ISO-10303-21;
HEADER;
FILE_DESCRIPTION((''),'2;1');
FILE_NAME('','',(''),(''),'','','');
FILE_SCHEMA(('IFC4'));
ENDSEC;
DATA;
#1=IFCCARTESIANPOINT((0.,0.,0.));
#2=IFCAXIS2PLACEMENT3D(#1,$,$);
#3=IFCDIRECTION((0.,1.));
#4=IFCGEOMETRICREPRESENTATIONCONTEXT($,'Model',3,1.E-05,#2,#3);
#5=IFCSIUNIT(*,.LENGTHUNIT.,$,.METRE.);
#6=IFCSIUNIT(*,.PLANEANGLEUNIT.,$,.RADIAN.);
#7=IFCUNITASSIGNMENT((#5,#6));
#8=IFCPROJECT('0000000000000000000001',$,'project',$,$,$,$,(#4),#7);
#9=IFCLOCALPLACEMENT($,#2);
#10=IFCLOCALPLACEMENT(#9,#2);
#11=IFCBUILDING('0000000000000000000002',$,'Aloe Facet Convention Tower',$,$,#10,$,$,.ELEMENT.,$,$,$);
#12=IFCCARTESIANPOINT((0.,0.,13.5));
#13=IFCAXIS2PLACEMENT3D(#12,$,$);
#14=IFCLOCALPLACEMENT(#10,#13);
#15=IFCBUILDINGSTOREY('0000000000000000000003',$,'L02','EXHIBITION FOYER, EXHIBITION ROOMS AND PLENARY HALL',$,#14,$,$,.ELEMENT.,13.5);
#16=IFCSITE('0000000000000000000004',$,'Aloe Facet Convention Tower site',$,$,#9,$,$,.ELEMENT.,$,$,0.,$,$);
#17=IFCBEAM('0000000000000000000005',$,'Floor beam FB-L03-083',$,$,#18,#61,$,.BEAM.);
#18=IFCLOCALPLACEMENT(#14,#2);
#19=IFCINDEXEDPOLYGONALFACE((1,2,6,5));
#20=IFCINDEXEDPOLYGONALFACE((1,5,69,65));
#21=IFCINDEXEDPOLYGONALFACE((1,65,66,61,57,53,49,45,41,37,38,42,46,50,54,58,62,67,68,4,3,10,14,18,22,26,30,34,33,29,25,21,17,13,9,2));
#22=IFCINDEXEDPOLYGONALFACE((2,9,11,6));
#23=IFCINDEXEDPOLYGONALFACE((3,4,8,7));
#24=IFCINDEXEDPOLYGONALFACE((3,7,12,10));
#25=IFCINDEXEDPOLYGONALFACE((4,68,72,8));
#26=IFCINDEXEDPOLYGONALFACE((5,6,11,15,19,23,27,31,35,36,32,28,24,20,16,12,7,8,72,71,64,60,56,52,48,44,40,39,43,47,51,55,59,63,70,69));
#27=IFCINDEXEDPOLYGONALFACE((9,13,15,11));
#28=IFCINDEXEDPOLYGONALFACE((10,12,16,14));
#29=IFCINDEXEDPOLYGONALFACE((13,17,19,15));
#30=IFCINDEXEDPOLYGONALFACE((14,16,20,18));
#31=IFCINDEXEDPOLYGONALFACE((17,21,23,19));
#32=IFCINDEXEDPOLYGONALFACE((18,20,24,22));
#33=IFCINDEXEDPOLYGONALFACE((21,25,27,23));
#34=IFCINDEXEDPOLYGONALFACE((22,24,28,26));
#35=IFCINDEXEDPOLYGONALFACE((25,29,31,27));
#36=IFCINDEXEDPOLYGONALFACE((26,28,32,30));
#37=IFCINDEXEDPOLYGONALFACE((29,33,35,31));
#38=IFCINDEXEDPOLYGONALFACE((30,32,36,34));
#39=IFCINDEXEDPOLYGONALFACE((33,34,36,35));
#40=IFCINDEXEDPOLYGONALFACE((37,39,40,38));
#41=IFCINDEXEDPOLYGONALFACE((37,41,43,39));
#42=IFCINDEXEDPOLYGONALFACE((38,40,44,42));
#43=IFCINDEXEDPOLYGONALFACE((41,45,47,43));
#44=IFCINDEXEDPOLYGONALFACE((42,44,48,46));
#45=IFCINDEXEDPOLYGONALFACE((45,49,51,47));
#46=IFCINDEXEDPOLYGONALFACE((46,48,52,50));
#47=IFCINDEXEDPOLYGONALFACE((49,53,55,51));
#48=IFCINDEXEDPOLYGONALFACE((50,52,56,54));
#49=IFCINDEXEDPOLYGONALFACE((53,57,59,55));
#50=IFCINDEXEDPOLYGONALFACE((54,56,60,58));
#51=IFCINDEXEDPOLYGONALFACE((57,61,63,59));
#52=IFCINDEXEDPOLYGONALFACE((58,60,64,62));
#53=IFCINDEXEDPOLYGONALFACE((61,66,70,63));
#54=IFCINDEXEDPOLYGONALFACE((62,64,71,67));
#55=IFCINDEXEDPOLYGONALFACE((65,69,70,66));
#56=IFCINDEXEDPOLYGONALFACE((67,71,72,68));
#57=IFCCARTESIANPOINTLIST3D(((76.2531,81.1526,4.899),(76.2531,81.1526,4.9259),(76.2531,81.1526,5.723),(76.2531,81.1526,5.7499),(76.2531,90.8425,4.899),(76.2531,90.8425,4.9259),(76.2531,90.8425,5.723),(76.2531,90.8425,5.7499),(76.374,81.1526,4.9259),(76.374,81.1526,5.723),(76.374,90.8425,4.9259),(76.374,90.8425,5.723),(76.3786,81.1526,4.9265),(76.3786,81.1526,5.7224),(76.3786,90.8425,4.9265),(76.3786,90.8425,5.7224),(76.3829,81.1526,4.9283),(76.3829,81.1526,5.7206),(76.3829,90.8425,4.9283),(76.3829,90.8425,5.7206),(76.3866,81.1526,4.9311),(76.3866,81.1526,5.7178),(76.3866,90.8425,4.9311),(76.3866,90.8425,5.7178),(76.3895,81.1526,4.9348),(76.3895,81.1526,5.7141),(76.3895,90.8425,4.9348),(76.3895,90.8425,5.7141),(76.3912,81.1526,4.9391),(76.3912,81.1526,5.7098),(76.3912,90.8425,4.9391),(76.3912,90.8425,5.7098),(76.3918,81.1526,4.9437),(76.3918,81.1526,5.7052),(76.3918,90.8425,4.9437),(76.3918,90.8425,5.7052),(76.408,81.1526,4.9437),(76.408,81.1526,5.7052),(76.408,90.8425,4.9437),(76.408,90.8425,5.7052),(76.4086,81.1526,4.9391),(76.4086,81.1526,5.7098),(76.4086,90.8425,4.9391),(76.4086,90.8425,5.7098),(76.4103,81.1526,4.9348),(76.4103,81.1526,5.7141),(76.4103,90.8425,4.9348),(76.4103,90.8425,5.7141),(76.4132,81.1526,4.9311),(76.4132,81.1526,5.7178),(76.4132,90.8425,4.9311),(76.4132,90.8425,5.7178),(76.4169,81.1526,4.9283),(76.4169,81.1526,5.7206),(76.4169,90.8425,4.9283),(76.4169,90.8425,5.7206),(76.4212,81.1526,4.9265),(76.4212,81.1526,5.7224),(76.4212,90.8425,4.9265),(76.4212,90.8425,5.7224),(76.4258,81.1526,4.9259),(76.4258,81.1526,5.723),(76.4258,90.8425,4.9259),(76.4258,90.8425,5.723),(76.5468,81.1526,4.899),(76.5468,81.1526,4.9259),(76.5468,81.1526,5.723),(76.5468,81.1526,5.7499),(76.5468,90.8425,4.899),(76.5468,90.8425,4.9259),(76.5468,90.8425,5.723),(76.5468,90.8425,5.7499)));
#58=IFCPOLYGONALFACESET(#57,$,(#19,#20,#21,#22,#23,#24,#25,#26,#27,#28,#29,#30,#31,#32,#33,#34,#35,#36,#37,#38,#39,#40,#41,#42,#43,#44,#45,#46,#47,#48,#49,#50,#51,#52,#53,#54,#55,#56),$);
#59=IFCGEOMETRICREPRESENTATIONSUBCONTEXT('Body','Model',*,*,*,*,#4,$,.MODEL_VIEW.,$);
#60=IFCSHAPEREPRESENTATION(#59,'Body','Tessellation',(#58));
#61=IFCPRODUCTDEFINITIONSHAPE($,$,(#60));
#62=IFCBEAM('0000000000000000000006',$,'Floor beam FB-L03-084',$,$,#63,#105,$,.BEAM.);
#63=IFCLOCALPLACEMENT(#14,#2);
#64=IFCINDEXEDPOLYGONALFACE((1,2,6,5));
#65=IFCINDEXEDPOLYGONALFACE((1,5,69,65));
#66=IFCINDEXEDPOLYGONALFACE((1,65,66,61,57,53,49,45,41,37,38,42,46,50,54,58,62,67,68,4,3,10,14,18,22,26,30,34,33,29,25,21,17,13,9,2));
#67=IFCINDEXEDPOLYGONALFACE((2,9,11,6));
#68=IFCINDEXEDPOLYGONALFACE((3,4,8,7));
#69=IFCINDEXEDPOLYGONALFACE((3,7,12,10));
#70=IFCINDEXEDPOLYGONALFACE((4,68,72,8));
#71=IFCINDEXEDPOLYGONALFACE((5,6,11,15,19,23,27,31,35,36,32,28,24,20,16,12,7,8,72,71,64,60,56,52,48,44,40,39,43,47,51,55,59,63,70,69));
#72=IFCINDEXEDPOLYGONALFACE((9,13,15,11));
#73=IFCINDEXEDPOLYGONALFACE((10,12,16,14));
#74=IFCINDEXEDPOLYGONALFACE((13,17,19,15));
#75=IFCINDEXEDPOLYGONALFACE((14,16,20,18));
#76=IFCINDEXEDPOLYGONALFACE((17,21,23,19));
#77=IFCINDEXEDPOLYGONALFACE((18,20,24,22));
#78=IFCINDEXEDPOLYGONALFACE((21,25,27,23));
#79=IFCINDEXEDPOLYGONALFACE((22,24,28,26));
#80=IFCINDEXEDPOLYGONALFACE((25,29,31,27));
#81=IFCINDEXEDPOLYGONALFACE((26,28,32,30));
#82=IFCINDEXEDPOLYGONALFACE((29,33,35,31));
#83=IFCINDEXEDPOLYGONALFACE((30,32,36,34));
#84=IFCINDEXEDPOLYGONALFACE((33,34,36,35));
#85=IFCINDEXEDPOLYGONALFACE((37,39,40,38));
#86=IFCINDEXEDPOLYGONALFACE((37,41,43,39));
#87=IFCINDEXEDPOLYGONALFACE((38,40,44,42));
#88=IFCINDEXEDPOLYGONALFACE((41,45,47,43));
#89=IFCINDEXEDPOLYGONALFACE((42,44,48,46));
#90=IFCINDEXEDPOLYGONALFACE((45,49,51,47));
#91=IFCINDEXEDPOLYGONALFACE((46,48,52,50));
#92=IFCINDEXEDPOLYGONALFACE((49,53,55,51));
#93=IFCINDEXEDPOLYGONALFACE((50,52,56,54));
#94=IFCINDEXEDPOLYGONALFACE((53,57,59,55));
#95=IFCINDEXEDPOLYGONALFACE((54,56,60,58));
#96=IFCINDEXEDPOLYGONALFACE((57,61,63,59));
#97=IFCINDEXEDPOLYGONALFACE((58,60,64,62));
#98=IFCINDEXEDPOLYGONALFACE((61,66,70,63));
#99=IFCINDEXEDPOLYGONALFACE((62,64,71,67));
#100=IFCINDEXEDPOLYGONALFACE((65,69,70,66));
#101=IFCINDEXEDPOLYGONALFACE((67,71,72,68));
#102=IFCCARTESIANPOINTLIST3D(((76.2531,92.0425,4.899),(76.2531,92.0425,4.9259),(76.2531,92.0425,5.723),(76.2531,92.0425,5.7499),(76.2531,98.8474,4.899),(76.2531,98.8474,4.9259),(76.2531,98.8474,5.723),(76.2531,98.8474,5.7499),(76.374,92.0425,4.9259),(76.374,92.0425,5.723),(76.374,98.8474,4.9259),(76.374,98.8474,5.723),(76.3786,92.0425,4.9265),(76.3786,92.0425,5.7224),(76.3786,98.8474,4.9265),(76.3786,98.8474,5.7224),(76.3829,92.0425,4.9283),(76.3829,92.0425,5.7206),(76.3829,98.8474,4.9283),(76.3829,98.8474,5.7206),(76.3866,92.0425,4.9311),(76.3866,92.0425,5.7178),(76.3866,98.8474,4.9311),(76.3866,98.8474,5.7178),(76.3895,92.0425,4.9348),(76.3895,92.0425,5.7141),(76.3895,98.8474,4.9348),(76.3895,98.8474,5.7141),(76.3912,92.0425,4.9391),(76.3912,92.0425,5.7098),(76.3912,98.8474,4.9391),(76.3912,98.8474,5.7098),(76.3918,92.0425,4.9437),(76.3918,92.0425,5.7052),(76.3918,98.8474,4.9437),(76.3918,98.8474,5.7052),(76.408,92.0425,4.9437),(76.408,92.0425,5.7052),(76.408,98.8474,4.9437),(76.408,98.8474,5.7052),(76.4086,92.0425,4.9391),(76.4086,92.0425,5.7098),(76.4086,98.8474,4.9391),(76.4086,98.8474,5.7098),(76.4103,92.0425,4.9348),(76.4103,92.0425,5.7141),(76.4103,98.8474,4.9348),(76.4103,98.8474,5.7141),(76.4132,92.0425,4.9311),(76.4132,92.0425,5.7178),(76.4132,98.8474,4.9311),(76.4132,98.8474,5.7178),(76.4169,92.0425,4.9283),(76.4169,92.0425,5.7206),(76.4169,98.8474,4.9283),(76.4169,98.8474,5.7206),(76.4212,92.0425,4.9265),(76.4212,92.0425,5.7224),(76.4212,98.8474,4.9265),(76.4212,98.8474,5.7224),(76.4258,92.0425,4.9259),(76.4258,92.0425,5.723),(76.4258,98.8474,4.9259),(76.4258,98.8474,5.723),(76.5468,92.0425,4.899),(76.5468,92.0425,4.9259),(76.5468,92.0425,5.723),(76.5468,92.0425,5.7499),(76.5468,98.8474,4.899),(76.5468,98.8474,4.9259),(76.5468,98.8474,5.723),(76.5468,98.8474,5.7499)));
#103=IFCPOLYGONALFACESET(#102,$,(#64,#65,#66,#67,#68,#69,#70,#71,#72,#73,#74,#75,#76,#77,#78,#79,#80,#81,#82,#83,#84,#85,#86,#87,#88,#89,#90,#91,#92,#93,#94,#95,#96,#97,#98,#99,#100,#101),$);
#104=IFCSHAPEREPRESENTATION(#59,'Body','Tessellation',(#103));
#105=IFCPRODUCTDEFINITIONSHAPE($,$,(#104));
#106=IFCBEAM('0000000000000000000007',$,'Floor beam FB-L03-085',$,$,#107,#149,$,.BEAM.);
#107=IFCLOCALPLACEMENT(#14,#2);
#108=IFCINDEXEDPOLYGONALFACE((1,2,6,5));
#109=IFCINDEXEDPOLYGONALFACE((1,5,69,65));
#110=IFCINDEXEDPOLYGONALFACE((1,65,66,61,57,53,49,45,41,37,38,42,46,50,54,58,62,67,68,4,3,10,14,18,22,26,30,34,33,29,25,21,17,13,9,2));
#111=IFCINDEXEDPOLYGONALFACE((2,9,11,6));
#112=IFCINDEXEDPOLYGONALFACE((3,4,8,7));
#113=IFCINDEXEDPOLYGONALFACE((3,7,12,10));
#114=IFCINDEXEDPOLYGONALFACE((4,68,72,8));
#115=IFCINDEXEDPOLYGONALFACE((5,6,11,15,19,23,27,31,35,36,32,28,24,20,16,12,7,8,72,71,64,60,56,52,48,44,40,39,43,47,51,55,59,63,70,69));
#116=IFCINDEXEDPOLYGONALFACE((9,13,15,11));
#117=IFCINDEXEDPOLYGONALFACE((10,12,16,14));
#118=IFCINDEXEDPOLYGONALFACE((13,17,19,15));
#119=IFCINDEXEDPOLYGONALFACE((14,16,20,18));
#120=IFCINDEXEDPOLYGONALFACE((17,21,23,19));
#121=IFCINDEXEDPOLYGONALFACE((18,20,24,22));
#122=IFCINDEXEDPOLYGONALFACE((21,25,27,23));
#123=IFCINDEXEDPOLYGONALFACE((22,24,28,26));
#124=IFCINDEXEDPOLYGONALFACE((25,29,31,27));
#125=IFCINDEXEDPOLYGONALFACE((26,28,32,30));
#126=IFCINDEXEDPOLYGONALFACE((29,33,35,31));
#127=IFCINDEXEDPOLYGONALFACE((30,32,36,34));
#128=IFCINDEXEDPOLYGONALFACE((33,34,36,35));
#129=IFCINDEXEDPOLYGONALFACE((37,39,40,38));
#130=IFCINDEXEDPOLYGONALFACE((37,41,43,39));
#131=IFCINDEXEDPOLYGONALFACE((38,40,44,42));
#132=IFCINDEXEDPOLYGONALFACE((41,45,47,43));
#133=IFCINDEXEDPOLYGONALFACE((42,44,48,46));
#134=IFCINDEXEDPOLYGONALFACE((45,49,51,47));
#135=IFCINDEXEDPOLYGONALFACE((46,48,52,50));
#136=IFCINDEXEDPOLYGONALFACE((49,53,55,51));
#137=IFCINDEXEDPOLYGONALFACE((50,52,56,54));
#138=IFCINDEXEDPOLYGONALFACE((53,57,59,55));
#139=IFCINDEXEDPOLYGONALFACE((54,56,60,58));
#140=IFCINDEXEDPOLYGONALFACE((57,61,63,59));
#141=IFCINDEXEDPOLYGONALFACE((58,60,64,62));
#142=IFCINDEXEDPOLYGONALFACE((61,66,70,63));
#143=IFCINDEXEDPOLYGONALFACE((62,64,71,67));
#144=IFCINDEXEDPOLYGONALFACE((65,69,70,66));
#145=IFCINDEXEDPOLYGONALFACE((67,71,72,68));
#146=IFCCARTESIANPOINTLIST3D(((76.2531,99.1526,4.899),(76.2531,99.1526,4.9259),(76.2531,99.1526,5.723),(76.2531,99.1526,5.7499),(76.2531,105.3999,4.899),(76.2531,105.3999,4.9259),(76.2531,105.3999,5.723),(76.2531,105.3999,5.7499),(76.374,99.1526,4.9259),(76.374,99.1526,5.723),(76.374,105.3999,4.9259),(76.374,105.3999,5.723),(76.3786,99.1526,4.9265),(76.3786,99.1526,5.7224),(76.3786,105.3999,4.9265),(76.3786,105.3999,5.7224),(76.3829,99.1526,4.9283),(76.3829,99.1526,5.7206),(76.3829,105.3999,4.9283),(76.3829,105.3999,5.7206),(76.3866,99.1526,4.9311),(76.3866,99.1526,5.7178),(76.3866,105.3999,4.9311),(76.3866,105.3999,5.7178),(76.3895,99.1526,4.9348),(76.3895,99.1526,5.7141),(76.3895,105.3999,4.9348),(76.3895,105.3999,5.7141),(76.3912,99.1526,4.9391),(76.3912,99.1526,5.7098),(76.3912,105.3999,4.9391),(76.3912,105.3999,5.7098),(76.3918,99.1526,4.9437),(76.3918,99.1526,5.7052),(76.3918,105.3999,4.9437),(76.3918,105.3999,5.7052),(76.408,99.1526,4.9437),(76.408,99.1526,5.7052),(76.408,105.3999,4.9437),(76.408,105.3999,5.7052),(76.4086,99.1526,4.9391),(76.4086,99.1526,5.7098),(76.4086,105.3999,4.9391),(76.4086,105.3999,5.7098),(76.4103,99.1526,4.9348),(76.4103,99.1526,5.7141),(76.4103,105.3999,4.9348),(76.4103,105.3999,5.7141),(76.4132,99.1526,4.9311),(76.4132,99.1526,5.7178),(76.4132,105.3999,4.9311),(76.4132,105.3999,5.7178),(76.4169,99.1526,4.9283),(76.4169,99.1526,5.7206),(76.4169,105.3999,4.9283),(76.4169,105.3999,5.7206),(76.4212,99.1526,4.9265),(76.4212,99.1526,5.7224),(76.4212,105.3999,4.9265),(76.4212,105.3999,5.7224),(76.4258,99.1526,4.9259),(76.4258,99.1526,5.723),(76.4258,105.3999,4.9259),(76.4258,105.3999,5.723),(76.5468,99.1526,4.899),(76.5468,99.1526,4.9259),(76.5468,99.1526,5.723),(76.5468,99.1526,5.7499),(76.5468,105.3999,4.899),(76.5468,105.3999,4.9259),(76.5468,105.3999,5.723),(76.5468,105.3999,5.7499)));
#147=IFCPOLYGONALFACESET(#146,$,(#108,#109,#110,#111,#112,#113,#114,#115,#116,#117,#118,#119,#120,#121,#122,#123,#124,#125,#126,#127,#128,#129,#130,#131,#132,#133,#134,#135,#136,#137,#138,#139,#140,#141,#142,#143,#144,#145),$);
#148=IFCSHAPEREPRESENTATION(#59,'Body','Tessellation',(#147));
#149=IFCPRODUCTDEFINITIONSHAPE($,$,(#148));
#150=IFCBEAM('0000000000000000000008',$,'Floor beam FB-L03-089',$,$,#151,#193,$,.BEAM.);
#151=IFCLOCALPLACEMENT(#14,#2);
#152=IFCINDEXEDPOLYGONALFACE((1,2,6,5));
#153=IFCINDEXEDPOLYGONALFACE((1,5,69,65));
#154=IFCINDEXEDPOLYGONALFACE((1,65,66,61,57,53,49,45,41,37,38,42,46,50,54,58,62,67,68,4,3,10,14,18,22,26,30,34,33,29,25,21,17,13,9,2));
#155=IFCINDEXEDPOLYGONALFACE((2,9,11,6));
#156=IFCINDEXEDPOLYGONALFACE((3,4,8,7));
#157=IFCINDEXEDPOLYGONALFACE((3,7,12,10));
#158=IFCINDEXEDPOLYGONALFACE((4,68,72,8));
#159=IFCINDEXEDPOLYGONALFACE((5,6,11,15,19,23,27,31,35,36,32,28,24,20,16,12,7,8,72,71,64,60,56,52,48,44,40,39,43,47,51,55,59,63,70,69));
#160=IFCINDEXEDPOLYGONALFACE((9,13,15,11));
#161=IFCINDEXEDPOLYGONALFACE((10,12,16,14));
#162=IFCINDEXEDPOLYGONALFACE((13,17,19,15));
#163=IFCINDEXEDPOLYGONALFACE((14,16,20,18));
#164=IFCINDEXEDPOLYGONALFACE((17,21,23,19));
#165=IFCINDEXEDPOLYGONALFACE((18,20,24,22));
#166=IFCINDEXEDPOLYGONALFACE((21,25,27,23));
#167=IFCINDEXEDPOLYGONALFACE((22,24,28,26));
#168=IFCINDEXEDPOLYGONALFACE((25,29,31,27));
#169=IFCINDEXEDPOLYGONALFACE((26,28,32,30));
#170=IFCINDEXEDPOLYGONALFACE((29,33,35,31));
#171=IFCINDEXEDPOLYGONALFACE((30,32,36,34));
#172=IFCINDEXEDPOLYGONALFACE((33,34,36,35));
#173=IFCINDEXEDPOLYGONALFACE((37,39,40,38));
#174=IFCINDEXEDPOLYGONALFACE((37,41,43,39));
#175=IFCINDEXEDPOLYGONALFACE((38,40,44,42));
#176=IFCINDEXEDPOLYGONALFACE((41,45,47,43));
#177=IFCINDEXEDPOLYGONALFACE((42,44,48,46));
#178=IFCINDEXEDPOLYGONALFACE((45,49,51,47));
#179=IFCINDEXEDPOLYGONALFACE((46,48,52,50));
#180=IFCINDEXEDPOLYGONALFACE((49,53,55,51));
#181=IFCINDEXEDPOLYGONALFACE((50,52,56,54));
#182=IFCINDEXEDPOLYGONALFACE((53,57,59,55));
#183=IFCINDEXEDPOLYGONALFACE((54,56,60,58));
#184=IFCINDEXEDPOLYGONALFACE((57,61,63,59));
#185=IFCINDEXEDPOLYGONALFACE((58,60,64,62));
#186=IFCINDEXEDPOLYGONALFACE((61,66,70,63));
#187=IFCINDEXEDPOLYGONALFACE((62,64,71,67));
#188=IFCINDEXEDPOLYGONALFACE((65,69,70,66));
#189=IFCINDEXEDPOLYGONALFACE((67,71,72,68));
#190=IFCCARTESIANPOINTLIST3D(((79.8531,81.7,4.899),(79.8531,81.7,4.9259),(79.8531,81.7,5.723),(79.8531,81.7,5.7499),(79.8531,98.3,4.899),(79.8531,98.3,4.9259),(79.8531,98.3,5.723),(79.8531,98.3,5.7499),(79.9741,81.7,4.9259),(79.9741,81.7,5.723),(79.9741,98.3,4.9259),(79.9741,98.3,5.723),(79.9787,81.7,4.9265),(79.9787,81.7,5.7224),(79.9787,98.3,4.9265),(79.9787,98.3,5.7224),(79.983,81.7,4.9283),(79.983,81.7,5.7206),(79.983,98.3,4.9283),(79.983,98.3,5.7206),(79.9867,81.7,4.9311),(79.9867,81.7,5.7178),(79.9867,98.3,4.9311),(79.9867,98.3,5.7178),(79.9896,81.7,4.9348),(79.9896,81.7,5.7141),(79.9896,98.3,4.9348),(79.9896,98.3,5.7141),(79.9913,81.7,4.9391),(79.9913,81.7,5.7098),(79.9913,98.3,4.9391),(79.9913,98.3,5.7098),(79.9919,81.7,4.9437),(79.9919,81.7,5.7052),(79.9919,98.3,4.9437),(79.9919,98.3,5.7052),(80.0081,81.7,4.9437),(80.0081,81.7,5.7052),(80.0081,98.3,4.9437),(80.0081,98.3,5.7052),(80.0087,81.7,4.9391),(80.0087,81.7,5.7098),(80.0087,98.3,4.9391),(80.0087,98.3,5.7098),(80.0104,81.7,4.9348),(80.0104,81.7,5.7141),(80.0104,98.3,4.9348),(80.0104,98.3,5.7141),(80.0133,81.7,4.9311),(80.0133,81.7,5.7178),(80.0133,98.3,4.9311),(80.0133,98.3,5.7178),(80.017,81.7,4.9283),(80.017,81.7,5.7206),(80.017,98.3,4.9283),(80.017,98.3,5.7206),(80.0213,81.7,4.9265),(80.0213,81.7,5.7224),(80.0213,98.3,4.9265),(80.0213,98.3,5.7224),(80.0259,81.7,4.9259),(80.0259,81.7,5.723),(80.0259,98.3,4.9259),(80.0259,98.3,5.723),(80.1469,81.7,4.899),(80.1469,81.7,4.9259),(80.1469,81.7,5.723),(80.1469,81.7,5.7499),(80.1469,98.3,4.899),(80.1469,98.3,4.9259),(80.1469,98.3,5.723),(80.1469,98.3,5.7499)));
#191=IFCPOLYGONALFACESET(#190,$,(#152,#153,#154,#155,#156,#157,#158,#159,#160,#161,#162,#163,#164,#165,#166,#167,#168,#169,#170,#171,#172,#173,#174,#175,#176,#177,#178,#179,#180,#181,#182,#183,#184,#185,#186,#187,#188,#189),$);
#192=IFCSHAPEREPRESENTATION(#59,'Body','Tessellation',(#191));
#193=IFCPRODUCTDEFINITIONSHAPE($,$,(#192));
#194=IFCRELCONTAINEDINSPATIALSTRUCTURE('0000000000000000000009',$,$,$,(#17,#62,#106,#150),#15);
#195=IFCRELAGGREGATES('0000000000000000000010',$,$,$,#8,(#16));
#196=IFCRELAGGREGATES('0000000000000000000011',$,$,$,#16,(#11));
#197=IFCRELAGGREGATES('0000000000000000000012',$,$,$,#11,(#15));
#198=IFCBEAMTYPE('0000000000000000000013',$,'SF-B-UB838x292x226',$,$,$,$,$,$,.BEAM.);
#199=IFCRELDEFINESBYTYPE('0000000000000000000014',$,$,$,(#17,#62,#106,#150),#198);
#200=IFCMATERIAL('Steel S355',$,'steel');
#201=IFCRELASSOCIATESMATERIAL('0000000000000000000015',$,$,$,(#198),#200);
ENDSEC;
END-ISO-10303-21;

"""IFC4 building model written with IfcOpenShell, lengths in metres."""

from ifc_helpers import new_model, si_unit, direction, frame, origin, origin_2d, place, context, subcontext, project, spatial, i_section, extrude, material, material_profile, profile_set, type_object, element, save


model = new_model("IFC4")

# Units and contexts
model_context = context("Model", 3, precision=1e-05, world=origin(), true_north=direction((0.0, 1.0)))
body_context = subcontext(model_context, "Body", "Model", "MODEL_VIEW")
ifc_project = project(units=[si_unit("LENGTHUNIT", "METRE"), si_unit("PLANEANGLEUNIT", "RADIAN")], contexts=[model_context])

# Site, building, storey
site_placement = place(None, origin())
site = spatial("IfcSite", under=ifc_project, at=site_placement, Name="Aloe Facet Convention Tower site", CompositionType="ELEMENT", RefElevation=0.0)
building_placement = place(site_placement, origin())
building = spatial("IfcBuilding", under=site, at=building_placement, Name="Aloe Facet Convention Tower", CompositionType="ELEMENT")
storey_placement = place(building_placement, frame((0.0, 0.0, 13.5)))
storey = spatial("IfcBuildingStorey", under=building, at=storey_placement, Name="L02", Description="EXHIBITION FOYER, EXHIBITION ROOMS AND PLENARY HALL", CompositionType="ELEMENT", Elevation=13.5)

# Beams
ifc_material_1 = material(Name="Steel S355", Category="steel")
ifc_material_profile_1 = material_profile(ifc_material_1, i_section(OverallWidth=0.2937, OverallDepth=0.8508, WebThickness=0.0161, FlangeThickness=0.0269, FilletRadius=0.0178, at=origin_2d()), Name="UB 838x292x226")
ifc_profile_set_1 = profile_set([ifc_material_profile_1], Name="Steel S355")
beam_type_1 = type_object("IfcBeamType", Name="SF-B-UB838x292x226", PredefinedType="BEAM", material=ifc_profile_set_1)
beam_1_placement = place(storey_placement, frame((76.3999, 81.1526, 5.3245), z_axis=(0.0, 1.0, 0.0), x_axis=(-1.0, 0.0, 0.0)))
element("IfcBeam", 1, at=beam_1_placement, inside=storey, type_object=beam_type_1, Name="Floor beam FB-L03-083", PredefinedType="BEAM", context=body_context, shape_type="SweptSolid", body=[
    extrude(i_section(OverallWidth=0.2937, OverallDepth=0.8508, WebThickness=0.0161, FlangeThickness=0.0269, FilletRadius=0.0178, at=origin_2d()), origin(), (0.0, 0.0, 1.0), 9.6899),
])
beam_2_placement = place(storey_placement, frame((76.3999, 92.0425, 5.3245), z_axis=(0.0, 1.0, 0.0), x_axis=(-1.0, 0.0, 0.0)))
element("IfcBeam", 2, at=beam_2_placement, inside=storey, type_object=beam_type_1, Name="Floor beam FB-L03-084", PredefinedType="BEAM", context=body_context, shape_type="SweptSolid", body=[
    extrude(i_section(OverallWidth=0.2937, OverallDepth=0.8508, WebThickness=0.0161, FlangeThickness=0.0269, FilletRadius=0.0178, at=origin_2d()), origin(), (0.0, 0.0, 1.0), 6.8049),
])
beam_3_placement = place(storey_placement, frame((76.3999, 99.1526, 5.3245), z_axis=(0.0, 1.0, 0.0), x_axis=(-1.0, 0.0, 0.0)))
element("IfcBeam", 3, at=beam_3_placement, inside=storey, type_object=beam_type_1, Name="Floor beam FB-L03-085", PredefinedType="BEAM", context=body_context, shape_type="SweptSolid", body=[
    extrude(i_section(OverallWidth=0.2937, OverallDepth=0.8508, WebThickness=0.0161, FlangeThickness=0.0269, FilletRadius=0.0178, at=origin_2d()), origin(), (0.0, 0.0, 1.0), 6.2473),
])
beam_4_placement = place(storey_placement, frame((80.0, 81.7, 5.3245), z_axis=(0.0, 1.0, 0.0), x_axis=(-1.0, 0.0, 0.0)))
element("IfcBeam", 4, at=beam_4_placement, inside=storey, type_object=beam_type_1, Name="Floor beam FB-L03-089", PredefinedType="BEAM", context=body_context, shape_type="SweptSolid", body=[
    extrude(i_section(OverallWidth=0.2937, OverallDepth=0.8508, WebThickness=0.0161, FlangeThickness=0.0269, FilletRadius=0.0178, at=origin_2d()), origin(), (0.0, 0.0, 1.0), 16.6001),
])

save(model, "model.ifc")
